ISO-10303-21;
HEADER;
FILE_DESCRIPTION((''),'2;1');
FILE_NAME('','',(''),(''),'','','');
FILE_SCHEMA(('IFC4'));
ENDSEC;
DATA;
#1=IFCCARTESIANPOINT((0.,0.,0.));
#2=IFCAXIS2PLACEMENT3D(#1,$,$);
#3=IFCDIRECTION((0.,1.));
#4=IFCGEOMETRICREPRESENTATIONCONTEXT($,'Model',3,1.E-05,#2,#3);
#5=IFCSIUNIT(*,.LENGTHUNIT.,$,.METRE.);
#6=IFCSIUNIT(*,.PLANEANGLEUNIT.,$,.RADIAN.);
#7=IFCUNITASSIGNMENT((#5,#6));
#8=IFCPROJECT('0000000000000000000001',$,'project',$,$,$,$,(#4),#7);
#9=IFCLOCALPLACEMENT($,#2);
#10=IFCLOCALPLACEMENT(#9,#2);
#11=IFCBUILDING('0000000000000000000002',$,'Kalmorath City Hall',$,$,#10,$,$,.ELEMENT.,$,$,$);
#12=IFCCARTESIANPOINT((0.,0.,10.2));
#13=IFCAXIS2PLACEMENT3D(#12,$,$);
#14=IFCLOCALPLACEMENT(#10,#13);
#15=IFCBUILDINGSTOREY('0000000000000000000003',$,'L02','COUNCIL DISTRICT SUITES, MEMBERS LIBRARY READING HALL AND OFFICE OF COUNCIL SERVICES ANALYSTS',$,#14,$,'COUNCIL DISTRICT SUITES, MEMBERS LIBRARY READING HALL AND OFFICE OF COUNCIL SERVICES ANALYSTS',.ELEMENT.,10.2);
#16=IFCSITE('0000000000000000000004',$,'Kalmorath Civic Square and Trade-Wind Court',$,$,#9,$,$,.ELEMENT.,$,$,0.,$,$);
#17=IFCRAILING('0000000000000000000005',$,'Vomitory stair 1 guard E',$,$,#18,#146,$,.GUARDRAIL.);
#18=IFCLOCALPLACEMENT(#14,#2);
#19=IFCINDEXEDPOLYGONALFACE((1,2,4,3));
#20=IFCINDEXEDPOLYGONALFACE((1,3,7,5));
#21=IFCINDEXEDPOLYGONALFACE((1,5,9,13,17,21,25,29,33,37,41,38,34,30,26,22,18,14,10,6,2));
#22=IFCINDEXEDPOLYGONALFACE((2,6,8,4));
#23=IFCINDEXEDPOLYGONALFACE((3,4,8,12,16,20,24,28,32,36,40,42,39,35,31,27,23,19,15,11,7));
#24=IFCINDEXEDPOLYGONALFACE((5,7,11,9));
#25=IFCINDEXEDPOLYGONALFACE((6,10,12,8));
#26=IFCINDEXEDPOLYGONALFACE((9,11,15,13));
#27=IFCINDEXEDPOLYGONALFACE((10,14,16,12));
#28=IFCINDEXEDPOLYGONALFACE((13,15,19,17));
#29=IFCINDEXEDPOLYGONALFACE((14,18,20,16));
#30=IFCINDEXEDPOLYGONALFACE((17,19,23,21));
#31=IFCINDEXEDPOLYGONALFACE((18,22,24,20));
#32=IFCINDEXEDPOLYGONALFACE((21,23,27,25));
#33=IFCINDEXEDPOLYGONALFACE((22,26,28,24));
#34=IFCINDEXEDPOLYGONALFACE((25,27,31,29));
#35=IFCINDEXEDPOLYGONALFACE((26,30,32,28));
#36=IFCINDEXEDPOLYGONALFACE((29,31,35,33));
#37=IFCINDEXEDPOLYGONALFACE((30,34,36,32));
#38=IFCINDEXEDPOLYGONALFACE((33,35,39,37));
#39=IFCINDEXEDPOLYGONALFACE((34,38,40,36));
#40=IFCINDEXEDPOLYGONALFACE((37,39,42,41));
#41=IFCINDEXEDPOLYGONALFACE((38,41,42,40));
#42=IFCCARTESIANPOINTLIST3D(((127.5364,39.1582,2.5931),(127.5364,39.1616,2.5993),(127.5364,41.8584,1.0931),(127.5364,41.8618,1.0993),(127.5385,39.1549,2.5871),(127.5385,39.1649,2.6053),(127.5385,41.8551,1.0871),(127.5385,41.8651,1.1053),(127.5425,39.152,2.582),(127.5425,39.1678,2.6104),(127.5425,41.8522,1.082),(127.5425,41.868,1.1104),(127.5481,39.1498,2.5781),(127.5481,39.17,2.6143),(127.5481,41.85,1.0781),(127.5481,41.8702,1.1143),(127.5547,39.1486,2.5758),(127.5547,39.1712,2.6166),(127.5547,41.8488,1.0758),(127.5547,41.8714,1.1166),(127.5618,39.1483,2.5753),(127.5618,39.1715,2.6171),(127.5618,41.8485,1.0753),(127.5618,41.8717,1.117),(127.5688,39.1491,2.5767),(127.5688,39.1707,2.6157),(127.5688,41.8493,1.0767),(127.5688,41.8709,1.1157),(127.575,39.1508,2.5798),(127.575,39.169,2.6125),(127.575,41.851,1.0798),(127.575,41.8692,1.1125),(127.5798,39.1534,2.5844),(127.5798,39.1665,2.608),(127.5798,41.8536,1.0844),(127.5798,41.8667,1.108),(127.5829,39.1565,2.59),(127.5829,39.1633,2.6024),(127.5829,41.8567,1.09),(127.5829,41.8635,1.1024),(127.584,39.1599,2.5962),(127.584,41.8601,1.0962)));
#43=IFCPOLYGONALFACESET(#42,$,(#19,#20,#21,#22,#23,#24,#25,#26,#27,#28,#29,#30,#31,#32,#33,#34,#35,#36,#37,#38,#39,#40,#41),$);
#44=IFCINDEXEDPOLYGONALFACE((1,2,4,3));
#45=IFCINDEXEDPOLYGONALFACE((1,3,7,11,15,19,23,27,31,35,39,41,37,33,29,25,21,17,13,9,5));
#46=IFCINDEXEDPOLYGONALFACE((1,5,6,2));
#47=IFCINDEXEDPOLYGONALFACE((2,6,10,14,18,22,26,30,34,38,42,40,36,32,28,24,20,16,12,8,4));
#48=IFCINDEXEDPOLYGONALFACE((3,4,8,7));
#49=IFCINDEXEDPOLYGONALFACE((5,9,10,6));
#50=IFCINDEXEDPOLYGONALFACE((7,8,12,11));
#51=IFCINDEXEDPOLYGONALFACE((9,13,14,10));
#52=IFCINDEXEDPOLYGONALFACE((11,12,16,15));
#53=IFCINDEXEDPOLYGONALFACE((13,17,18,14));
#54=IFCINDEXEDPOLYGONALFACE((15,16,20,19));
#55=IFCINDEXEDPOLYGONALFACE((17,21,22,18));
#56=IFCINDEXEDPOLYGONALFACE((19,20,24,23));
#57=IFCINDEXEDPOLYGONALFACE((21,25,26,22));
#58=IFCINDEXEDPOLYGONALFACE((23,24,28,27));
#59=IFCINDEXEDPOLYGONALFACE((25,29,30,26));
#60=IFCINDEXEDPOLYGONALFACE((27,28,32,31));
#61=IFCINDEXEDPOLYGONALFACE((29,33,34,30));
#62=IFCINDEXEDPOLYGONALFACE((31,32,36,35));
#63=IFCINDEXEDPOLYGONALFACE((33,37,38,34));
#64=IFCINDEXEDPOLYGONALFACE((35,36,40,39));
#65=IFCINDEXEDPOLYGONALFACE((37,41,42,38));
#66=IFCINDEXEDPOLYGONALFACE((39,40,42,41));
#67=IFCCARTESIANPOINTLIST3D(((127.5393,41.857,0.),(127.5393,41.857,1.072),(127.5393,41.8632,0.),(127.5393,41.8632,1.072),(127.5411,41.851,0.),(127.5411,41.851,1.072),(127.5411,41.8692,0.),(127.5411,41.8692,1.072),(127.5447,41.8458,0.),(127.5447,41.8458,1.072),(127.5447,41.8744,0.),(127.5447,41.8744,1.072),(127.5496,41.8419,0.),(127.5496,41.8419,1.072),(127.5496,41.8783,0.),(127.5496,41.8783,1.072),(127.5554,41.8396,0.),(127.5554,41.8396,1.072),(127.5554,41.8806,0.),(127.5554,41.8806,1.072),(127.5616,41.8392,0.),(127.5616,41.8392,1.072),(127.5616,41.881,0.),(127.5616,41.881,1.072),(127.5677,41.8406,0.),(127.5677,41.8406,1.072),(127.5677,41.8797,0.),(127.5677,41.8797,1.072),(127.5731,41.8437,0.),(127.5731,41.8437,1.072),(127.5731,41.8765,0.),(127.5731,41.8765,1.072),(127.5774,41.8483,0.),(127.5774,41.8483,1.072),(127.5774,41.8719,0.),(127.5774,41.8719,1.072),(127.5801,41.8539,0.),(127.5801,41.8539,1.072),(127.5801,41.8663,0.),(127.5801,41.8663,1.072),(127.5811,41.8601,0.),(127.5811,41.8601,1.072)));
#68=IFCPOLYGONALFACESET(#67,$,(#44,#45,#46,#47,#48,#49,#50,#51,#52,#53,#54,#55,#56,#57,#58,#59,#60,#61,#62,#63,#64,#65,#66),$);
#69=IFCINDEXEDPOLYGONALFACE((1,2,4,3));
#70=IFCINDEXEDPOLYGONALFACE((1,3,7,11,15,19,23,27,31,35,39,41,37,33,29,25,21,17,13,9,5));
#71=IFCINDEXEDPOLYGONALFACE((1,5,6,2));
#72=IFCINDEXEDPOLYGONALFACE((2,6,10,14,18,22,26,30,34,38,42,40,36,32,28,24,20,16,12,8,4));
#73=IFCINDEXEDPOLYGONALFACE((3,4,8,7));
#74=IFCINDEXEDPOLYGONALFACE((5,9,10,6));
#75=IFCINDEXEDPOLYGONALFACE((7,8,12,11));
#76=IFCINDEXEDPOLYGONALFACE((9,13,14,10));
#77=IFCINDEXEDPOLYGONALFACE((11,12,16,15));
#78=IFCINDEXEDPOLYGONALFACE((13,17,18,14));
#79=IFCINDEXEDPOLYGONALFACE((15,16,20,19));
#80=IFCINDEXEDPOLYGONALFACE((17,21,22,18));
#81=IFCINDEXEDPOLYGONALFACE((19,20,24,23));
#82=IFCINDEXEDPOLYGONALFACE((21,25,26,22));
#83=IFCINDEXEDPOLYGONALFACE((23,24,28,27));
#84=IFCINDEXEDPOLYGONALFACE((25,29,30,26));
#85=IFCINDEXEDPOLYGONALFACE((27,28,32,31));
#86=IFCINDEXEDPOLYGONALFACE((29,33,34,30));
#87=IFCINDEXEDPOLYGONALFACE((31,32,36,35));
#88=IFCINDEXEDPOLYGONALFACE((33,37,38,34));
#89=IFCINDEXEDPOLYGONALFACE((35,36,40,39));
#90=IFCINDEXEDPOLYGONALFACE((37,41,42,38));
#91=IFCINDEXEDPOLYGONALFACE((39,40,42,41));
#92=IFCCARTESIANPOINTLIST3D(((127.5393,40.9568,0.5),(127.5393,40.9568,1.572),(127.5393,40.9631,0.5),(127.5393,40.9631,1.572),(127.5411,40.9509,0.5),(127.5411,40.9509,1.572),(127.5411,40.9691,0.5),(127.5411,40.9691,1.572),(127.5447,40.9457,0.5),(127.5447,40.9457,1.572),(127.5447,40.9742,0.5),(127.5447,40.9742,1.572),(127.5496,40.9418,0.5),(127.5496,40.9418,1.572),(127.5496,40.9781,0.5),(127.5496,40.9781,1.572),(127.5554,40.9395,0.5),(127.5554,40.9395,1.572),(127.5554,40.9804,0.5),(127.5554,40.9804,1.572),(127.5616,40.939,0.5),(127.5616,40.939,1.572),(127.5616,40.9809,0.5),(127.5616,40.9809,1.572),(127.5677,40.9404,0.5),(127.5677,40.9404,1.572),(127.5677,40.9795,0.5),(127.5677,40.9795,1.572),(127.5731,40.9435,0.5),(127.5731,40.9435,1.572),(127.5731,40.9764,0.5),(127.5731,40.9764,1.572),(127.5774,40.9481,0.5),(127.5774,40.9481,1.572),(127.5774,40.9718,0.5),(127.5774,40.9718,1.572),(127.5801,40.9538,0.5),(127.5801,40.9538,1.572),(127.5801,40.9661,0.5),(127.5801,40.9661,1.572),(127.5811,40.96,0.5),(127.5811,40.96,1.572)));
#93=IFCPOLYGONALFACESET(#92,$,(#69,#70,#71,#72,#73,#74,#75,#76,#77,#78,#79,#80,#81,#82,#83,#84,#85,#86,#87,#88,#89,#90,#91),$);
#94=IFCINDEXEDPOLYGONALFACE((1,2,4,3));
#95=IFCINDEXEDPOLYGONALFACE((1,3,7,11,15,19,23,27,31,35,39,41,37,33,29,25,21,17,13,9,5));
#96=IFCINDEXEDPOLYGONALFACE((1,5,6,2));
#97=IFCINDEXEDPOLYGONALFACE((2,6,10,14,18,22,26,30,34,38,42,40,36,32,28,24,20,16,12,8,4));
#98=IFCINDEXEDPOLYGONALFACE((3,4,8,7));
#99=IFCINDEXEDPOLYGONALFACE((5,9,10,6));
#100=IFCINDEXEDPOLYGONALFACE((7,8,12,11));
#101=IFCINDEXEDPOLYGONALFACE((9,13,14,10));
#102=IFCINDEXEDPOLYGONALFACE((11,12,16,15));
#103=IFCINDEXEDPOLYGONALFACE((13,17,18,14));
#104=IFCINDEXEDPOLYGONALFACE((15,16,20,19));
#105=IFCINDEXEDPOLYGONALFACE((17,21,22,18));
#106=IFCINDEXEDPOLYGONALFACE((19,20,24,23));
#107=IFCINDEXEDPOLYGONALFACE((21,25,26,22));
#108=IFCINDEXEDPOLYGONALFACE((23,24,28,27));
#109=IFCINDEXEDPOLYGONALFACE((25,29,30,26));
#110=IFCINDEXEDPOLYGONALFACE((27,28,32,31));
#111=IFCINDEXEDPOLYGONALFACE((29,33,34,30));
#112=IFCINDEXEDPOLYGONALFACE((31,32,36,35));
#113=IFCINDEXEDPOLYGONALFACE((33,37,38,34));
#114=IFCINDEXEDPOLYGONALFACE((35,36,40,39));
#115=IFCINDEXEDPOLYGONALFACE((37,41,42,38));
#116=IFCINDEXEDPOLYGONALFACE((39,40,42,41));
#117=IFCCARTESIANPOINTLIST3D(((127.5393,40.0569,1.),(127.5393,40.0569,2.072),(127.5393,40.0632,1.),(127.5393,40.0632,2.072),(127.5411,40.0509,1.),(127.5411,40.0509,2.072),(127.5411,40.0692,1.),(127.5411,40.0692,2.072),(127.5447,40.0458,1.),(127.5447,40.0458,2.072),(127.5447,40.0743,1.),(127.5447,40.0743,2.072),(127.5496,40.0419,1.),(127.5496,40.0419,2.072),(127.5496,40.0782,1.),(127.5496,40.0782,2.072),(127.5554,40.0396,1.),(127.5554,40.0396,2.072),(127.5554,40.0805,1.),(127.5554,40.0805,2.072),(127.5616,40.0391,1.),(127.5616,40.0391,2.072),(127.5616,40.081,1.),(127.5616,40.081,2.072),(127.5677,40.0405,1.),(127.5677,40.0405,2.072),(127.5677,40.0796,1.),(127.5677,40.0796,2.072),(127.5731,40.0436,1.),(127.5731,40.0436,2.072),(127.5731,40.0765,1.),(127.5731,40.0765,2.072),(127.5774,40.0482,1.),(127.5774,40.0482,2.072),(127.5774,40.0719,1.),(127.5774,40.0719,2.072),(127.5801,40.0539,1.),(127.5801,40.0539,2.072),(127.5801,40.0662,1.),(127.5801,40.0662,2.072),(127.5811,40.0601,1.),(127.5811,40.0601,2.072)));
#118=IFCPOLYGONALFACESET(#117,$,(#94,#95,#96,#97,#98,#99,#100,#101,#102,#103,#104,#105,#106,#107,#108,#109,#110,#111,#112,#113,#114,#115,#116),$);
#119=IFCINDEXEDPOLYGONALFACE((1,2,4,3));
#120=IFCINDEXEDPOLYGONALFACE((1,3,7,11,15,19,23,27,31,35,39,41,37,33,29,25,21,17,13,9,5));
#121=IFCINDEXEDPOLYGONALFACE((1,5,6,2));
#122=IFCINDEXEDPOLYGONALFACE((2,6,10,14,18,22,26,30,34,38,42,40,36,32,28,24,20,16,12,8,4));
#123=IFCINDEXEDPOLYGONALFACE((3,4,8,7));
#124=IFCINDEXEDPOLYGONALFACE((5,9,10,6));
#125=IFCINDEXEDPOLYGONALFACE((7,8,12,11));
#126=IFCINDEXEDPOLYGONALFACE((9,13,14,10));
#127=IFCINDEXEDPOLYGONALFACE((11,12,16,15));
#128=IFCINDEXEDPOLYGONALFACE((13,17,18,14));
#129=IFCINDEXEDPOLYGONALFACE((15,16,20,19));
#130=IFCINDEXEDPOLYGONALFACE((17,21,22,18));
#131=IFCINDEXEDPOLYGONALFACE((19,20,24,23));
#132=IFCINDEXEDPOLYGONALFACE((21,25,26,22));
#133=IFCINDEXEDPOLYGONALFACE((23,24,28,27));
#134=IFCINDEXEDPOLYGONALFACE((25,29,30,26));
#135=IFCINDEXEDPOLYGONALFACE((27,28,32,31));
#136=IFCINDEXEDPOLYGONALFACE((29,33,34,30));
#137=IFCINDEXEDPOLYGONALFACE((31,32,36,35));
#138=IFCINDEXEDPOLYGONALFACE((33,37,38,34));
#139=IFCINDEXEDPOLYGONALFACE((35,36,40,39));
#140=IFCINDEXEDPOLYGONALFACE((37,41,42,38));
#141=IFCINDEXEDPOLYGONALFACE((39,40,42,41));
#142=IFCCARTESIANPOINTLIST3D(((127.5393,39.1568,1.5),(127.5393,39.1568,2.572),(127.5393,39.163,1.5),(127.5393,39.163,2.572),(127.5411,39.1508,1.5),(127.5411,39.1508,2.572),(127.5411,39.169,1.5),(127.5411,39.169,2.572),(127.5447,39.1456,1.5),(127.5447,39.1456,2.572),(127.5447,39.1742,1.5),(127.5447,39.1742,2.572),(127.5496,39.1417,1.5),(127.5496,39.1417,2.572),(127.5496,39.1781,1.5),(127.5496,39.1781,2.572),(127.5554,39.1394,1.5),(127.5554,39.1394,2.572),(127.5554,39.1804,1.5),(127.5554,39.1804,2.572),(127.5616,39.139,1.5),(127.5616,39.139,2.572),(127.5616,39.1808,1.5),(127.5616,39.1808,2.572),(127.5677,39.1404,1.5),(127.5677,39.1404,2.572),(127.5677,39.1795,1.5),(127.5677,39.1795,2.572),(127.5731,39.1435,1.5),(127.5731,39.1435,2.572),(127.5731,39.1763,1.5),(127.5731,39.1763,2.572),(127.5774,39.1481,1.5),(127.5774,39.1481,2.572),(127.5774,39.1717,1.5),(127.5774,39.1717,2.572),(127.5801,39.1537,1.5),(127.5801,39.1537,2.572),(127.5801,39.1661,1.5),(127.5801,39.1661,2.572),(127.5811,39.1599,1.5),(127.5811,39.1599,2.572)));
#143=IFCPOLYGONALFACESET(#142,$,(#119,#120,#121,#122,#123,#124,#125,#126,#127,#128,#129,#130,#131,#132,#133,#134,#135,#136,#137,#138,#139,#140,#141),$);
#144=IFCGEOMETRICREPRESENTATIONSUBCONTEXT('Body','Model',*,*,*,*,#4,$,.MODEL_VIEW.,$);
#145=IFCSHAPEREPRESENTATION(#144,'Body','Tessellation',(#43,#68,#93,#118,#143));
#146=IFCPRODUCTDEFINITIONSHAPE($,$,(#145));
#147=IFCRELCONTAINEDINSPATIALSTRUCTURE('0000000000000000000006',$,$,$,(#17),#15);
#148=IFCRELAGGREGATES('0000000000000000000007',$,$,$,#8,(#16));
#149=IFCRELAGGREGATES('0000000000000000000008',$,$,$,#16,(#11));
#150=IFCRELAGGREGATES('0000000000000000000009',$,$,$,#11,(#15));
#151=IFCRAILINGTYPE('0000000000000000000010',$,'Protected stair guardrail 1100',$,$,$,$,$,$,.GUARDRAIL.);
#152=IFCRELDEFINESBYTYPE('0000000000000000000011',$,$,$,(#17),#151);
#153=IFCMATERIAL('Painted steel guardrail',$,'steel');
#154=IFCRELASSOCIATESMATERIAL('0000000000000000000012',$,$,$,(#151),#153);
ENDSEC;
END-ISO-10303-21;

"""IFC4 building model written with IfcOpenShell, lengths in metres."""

from ifc_helpers import new_model, si_unit, direction, frame, origin, origin_2d, place, context, subcontext, project, spatial, circle, extrude, material, type_object, element, save


model = new_model("IFC4")

# Units and contexts
model_context = context("Model", 3, precision=1e-05, world=origin(), true_north=direction((0.0, 1.0)))
body_context = subcontext(model_context, "Body", "Model", "MODEL_VIEW")
ifc_project = project(units=[si_unit("LENGTHUNIT", "METRE"), si_unit("PLANEANGLEUNIT", "RADIAN")], contexts=[model_context])

# Site, building, storey
site_placement = place(None, origin())
site = spatial("IfcSite", under=ifc_project, at=site_placement, Name="Kalmorath Civic Square and Trade-Wind Court", CompositionType="ELEMENT", RefElevation=0.0)
building_placement = place(site_placement, origin())
building = spatial("IfcBuilding", under=site, at=building_placement, Name="Kalmorath City Hall", CompositionType="ELEMENT")
storey_placement = place(building_placement, frame((0.0, 0.0, 10.2)))
storey = spatial("IfcBuildingStorey", under=building, at=storey_placement, Name="L02", Description="COUNCIL DISTRICT SUITES, MEMBERS LIBRARY READING HALL AND OFFICE OF COUNCIL SERVICES ANALYSTS", LongName="COUNCIL DISTRICT SUITES, MEMBERS LIBRARY READING HALL AND OFFICE OF COUNCIL SERVICES ANALYSTS", CompositionType="ELEMENT", Elevation=10.2)

# Railing
ifc_material_1 = material(Name="Painted steel guardrail", Category="steel")
railing_type_1 = type_object("IfcRailingType", Name="Protected stair guardrail 1100", PredefinedType="GUARDRAIL", material=ifc_material_1)
railing_1_placement = place(storey_placement, frame((127.5601, 41.8601, 0.0)))
element("IfcRailing", 1, at=railing_1_placement, inside=storey, type_object=railing_type_1, Name="Vomitory stair 1 guard E", PredefinedType="GUARDRAIL", context=body_context, shape_type="SweptSolid", body=[
    extrude(circle(Radius=0.0239, at=origin_2d()), frame((0.0, 0.0, 1.0962), z_axis=(0.0, -0.874172, 0.485616), x_axis=(1.0, 0.0, 0.0)), (0.0, 0.0, 1.0), 3.0889),
    extrude(circle(Radius=0.021, at=origin_2d()), origin(), (0.0, 0.0, 1.0), 1.072),
    extrude(circle(Radius=0.021, at=origin_2d()), frame((0.0, -0.9001, 0.5)), (0.0, 0.0, 1.0), 1.072),
    extrude(circle(Radius=0.021, at=origin_2d()), frame((0.0, -1.8, 1.0)), (0.0, 0.0, 1.0), 1.072),
    extrude(circle(Radius=0.021, at=origin_2d()), frame((0.0, -2.7002, 1.5)), (0.0, 0.0, 1.0), 1.072),
])

save(model, "model.ifc")
